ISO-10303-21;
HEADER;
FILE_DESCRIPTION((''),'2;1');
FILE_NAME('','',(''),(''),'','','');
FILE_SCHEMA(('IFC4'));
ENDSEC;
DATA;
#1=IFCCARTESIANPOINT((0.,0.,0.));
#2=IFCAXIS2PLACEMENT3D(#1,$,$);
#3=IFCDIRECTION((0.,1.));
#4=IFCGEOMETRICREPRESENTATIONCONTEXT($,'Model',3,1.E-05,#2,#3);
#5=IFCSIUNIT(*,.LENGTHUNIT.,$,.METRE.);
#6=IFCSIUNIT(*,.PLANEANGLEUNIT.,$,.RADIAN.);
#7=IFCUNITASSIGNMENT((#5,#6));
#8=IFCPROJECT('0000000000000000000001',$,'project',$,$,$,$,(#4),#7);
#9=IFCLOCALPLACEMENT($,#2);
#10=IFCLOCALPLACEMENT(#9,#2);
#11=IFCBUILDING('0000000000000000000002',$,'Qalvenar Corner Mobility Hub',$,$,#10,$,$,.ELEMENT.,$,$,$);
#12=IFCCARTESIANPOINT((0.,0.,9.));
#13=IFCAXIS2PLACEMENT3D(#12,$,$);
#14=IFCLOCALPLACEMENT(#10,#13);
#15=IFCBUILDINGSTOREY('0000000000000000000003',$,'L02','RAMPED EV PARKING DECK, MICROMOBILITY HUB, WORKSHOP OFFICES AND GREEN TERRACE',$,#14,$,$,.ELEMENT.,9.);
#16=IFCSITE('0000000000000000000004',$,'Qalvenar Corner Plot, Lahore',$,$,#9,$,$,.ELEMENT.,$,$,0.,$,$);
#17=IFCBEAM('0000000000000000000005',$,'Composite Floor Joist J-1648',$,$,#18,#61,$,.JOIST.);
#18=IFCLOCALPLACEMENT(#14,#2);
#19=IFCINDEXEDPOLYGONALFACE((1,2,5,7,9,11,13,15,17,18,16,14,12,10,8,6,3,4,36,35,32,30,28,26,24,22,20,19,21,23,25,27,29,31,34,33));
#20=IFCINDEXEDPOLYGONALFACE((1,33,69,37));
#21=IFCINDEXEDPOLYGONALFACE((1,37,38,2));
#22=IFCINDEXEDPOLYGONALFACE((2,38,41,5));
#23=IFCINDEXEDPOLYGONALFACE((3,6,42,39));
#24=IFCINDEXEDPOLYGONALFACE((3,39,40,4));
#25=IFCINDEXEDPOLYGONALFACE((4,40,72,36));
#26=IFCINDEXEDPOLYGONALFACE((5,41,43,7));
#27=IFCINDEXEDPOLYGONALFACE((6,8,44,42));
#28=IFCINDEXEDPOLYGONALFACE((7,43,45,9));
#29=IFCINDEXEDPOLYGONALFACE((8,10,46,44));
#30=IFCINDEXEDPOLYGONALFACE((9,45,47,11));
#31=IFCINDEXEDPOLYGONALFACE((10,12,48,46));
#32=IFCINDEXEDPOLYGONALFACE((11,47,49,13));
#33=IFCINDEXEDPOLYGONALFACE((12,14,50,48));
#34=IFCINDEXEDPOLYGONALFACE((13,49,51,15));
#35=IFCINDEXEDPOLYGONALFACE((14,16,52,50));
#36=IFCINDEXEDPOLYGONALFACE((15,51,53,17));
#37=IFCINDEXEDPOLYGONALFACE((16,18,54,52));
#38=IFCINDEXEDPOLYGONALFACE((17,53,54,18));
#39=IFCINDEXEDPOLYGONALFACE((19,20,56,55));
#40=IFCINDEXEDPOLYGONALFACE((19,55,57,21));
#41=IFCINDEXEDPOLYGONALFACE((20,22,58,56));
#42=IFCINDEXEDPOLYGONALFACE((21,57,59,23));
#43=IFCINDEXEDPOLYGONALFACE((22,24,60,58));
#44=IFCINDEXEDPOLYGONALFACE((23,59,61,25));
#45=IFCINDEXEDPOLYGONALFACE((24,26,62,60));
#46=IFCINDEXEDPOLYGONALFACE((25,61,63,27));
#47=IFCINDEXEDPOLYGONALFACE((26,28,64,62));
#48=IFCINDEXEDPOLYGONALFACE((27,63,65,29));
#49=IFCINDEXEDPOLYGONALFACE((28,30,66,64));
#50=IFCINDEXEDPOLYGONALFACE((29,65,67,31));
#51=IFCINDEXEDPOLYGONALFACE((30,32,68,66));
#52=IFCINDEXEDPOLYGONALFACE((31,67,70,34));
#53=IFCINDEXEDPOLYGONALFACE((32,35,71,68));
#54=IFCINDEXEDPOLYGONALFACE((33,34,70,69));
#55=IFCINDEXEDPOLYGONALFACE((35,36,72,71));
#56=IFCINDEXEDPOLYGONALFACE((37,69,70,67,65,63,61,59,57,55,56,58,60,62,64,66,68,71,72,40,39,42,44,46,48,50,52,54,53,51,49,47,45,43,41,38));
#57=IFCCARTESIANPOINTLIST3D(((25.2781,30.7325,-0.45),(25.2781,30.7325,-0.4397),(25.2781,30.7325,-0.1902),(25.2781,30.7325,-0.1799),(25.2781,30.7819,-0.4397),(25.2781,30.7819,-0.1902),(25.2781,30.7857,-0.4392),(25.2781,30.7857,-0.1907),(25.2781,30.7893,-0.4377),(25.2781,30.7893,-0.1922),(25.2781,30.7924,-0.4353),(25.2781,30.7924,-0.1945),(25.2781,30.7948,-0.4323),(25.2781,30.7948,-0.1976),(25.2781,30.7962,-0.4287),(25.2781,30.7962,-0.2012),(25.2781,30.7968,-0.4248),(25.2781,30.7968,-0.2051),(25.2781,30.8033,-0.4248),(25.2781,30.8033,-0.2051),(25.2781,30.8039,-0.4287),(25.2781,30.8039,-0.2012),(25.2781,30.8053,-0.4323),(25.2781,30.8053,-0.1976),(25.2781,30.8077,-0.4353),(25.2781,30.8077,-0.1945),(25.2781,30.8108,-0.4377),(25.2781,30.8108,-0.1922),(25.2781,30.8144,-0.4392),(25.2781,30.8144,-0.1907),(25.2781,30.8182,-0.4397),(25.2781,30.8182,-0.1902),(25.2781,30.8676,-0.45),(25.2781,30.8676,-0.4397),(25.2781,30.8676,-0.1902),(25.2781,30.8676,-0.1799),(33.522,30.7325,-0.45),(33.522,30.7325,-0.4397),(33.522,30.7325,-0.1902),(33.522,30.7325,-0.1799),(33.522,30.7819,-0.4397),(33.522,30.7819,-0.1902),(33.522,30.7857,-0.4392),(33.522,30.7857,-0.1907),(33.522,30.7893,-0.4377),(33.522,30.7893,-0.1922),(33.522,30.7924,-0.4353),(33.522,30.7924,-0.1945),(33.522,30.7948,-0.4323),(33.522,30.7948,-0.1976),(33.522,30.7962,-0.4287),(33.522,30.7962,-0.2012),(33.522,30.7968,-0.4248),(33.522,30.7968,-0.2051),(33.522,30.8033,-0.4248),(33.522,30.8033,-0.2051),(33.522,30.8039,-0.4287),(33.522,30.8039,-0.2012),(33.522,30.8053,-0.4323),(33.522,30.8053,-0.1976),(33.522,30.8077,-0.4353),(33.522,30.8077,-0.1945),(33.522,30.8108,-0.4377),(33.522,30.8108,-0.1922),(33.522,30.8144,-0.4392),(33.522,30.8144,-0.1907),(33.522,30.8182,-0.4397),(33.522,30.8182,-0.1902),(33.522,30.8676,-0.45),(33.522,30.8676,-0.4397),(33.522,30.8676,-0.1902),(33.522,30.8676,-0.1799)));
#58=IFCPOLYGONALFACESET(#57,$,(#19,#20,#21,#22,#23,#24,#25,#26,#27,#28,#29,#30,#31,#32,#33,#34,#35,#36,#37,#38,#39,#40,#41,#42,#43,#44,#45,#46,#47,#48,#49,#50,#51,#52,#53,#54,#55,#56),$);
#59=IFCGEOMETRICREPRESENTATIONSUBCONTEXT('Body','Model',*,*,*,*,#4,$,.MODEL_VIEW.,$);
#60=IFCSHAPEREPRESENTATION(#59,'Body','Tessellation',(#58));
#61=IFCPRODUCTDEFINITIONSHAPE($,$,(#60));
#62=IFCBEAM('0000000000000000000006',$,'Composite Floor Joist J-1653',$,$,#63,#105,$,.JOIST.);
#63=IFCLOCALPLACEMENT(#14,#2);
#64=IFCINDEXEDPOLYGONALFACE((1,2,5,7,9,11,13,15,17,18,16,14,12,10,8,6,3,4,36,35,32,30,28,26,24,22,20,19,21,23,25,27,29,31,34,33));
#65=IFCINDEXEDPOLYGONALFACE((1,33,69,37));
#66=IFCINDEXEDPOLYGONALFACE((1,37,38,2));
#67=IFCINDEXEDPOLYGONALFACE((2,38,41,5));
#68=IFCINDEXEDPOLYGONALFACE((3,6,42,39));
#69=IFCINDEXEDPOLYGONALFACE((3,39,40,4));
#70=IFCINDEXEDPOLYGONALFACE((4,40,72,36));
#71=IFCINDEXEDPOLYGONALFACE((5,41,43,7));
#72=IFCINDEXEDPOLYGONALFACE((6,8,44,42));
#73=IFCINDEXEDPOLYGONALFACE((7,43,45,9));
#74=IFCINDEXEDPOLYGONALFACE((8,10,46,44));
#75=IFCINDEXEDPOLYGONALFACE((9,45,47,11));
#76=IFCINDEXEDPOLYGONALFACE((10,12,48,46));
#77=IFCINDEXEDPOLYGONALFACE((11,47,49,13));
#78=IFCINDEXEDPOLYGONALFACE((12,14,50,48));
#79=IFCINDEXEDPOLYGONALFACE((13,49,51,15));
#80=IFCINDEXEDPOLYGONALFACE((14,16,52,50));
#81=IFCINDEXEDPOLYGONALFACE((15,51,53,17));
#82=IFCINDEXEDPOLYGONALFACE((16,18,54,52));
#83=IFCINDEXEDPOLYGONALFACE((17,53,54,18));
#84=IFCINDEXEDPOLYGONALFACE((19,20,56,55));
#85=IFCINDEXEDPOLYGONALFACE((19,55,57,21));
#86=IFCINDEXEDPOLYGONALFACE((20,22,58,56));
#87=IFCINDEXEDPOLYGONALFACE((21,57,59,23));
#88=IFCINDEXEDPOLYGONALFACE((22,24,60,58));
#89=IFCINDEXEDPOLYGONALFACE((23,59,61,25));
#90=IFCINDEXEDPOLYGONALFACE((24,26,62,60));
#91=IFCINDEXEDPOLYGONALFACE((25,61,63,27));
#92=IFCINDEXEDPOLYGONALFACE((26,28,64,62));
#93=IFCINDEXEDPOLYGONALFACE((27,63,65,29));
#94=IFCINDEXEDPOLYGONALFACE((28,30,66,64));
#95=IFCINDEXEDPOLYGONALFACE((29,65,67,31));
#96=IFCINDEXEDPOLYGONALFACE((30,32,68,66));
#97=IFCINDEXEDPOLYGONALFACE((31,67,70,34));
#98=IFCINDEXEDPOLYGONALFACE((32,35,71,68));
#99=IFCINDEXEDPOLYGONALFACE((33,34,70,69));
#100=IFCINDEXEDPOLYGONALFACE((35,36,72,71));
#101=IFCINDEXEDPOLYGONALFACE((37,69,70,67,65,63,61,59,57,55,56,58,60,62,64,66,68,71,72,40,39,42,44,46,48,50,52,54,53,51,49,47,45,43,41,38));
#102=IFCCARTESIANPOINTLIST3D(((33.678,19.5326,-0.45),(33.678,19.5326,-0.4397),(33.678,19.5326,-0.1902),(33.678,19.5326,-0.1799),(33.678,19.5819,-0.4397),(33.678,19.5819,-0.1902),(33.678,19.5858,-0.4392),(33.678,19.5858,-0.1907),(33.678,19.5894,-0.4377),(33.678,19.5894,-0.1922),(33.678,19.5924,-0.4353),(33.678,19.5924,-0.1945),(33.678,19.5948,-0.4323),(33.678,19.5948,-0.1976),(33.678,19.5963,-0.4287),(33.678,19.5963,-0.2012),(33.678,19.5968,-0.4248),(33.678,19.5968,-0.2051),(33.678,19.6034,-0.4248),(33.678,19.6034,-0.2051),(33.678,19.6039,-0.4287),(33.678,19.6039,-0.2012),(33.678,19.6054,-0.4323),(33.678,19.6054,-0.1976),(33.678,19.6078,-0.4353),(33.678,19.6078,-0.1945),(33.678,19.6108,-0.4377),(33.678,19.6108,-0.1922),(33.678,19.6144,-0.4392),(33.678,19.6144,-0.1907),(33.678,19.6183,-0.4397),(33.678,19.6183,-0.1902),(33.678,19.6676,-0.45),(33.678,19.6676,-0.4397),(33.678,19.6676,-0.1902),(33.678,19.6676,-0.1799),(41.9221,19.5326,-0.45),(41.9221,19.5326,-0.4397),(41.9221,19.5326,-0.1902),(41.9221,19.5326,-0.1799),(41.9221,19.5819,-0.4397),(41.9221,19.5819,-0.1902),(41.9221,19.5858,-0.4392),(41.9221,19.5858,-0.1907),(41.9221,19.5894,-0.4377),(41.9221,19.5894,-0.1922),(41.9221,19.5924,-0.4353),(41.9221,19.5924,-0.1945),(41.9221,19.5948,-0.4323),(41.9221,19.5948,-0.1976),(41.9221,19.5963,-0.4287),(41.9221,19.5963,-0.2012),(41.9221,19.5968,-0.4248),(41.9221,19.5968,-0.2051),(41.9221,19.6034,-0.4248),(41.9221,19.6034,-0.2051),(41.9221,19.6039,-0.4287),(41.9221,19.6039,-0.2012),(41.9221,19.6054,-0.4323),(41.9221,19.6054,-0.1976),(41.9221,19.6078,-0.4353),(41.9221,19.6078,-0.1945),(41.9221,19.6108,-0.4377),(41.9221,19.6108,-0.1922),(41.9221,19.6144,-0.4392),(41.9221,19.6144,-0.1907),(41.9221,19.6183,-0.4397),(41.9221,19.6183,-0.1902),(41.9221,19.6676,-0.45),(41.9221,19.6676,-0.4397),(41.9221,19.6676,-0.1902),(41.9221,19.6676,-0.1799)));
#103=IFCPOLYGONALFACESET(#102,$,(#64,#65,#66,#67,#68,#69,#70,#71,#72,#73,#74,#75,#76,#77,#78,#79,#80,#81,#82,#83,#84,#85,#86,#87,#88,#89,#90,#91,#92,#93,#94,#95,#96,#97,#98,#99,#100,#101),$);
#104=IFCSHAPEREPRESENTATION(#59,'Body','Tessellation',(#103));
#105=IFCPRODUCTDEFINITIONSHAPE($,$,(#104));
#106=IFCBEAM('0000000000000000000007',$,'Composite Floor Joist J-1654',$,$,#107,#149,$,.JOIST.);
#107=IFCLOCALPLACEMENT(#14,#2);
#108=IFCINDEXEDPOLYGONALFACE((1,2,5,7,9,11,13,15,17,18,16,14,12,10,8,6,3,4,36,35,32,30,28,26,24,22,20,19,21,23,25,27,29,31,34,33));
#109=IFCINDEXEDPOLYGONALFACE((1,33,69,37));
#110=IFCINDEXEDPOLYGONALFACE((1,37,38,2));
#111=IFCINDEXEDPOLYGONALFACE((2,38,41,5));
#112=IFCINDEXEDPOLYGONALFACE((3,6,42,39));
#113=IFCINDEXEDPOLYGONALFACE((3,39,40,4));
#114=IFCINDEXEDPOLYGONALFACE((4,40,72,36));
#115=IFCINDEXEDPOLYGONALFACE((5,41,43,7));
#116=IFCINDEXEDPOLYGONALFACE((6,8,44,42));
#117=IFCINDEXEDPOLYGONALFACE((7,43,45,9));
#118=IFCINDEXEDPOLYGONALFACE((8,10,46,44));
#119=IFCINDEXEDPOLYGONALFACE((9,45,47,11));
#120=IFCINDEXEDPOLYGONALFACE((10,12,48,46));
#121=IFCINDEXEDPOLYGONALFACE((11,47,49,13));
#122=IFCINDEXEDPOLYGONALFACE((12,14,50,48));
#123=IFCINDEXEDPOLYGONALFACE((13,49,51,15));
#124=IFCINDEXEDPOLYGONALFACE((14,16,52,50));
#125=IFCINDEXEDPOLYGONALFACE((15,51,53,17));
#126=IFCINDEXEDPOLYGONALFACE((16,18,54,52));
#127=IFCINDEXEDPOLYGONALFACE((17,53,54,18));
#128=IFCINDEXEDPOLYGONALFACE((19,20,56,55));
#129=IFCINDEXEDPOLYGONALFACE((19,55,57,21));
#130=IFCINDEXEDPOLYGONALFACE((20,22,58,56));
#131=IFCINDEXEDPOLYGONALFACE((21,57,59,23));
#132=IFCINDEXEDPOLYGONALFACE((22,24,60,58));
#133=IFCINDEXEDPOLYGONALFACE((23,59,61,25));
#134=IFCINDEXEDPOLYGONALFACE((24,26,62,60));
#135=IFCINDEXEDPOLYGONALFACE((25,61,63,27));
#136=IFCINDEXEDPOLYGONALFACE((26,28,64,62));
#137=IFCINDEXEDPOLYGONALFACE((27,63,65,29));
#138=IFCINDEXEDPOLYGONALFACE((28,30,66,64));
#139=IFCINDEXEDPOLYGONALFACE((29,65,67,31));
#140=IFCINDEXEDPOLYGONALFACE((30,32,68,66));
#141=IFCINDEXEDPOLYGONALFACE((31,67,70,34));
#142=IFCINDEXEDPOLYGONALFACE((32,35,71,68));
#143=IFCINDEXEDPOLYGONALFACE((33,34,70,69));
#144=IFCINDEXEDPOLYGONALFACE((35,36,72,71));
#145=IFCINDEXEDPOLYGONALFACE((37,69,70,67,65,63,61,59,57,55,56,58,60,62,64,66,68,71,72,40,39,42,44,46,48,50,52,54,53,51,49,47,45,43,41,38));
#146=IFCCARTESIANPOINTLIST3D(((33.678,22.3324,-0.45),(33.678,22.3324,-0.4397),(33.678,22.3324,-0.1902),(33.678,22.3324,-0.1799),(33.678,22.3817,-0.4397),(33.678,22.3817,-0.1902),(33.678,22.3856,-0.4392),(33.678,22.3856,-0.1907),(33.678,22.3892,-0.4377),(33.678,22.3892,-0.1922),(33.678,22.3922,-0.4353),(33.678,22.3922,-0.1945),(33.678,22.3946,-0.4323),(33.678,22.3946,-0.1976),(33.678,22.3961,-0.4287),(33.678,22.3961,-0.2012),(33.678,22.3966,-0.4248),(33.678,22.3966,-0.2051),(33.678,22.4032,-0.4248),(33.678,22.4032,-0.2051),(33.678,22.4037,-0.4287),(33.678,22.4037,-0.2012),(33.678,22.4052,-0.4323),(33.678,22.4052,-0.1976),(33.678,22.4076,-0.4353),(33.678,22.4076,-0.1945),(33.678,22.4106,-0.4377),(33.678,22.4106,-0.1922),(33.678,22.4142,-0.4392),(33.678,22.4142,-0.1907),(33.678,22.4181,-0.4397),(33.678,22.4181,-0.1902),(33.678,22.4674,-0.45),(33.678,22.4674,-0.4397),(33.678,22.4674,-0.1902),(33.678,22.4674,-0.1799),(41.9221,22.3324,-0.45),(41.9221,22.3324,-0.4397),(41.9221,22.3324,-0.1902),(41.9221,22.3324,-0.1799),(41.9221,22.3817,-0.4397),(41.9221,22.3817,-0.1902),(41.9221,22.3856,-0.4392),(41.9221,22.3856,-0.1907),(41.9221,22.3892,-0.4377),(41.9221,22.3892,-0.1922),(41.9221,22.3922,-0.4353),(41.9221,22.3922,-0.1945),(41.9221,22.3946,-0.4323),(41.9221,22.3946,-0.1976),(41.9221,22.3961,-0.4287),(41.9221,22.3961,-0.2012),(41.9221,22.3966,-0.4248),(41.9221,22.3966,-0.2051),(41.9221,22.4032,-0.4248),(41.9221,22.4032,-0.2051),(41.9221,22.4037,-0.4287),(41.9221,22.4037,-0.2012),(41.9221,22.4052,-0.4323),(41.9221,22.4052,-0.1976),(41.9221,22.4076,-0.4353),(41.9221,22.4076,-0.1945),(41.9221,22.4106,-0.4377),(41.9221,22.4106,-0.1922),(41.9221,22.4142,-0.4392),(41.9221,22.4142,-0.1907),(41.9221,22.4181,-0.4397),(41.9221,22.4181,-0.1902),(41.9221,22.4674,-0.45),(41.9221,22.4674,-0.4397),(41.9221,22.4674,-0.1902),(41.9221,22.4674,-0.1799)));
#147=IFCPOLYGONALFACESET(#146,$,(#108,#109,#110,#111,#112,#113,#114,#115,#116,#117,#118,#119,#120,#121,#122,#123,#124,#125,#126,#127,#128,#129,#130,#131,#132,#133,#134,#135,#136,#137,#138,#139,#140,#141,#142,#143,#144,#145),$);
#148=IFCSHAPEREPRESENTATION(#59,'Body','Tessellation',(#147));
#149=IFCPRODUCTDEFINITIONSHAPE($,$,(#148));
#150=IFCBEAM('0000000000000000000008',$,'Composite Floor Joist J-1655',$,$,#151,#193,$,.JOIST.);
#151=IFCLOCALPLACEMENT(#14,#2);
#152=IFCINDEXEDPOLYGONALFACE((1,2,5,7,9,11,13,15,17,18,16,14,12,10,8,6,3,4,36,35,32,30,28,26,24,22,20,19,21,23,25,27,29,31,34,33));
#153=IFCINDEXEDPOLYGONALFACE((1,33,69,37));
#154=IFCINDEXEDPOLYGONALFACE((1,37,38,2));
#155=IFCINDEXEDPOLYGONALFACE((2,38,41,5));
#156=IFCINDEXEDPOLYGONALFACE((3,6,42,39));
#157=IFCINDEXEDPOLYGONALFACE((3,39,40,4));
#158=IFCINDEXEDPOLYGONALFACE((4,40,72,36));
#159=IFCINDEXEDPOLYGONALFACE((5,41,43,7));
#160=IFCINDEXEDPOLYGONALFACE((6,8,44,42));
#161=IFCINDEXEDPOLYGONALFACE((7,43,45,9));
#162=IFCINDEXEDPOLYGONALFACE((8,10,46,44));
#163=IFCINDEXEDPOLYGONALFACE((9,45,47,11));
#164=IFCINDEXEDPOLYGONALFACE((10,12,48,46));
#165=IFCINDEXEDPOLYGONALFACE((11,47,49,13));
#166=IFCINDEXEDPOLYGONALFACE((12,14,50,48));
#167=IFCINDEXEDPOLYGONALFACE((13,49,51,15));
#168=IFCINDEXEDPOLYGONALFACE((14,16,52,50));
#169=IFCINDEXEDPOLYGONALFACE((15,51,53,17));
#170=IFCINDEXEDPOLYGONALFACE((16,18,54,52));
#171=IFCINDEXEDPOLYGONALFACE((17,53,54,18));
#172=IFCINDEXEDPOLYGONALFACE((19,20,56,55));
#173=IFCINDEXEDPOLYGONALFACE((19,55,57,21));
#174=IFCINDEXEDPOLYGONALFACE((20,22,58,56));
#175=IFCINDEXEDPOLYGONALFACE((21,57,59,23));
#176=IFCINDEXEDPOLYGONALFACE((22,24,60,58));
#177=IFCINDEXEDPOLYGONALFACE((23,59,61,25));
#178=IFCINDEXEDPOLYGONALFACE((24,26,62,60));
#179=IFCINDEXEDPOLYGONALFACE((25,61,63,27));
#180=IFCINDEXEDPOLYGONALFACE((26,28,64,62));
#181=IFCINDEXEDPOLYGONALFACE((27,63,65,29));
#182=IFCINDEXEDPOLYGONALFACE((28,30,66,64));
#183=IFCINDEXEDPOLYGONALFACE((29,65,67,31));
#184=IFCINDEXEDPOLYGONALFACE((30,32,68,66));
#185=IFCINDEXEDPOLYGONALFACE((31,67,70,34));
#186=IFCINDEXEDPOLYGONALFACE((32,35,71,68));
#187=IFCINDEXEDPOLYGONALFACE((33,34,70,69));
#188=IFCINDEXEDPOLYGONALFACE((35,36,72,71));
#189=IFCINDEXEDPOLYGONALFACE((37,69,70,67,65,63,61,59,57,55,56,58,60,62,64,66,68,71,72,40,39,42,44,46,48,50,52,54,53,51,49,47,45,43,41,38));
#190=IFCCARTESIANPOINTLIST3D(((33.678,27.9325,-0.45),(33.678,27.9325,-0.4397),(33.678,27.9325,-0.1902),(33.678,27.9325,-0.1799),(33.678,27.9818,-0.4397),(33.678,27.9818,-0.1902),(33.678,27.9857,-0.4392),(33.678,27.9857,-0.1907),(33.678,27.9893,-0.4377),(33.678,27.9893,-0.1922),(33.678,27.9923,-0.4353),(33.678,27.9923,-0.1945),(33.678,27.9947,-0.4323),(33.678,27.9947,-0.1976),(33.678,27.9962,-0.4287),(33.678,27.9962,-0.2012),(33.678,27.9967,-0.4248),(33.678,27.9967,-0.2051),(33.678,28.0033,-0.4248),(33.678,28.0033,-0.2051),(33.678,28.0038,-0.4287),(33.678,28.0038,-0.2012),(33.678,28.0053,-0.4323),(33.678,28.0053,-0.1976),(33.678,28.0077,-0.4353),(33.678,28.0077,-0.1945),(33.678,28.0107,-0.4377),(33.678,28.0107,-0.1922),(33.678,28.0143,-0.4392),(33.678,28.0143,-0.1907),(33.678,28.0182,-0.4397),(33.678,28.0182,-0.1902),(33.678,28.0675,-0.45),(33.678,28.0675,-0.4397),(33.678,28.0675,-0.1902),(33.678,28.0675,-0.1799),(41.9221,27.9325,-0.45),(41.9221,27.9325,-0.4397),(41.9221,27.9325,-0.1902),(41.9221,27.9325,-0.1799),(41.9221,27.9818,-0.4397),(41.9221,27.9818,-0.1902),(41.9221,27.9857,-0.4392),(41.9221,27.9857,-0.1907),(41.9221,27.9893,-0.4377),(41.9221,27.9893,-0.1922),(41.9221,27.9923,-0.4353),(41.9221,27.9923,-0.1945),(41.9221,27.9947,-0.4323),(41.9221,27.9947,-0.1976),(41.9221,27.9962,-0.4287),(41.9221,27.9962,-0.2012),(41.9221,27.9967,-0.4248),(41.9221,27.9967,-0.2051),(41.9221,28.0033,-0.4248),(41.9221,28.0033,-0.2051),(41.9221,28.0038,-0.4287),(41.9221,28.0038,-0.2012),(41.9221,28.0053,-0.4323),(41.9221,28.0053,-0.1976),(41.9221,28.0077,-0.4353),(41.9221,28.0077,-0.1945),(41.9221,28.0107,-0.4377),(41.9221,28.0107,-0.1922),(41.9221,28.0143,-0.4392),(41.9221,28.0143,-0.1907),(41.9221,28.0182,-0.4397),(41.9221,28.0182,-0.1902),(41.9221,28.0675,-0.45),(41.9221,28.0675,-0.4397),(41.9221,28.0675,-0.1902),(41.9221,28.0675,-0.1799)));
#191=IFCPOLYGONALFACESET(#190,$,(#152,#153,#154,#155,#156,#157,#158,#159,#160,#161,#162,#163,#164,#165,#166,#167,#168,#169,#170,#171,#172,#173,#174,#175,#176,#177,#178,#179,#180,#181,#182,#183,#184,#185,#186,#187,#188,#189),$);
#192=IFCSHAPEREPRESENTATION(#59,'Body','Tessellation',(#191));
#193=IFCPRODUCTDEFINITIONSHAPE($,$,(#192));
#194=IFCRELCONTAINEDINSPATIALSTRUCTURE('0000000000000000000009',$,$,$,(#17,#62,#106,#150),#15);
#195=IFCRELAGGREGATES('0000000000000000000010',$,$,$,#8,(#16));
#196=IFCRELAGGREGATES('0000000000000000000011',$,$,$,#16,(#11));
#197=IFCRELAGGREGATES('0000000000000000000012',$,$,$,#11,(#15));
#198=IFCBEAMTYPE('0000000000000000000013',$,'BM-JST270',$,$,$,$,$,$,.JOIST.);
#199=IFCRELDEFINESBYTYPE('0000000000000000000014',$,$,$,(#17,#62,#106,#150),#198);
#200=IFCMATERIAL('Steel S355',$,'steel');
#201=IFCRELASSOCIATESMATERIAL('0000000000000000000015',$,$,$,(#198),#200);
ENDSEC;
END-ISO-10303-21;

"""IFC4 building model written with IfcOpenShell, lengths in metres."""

from ifc_helpers import new_model, si_unit, direction, frame, origin, origin_2d, place, context, subcontext, project, spatial, i_section, extrude, material, material_profile, profile_set, type_object, element, save


model = new_model("IFC4")

# Units and contexts
model_context = context("Model", 3, precision=1e-05, world=origin(), true_north=direction((0.0, 1.0)))
body_context = subcontext(model_context, "Body", "Model", "MODEL_VIEW")
ifc_project = project(units=[si_unit("LENGTHUNIT", "METRE"), si_unit("PLANEANGLEUNIT", "RADIAN")], contexts=[model_context])

# Site, building, storey
site_placement = place(None, origin())
site = spatial("IfcSite", under=ifc_project, at=site_placement, Name="Qalvenar Corner Plot, Lahore", CompositionType="ELEMENT", RefElevation=0.0)
building_placement = place(site_placement, origin())
building = spatial("IfcBuilding", under=site, at=building_placement, Name="Qalvenar Corner Mobility Hub", CompositionType="ELEMENT")
storey_placement = place(building_placement, frame((0.0, 0.0, 9.0)))
storey = spatial("IfcBuildingStorey", under=building, at=storey_placement, Name="L02", Description="RAMPED EV PARKING DECK, MICROMOBILITY HUB, WORKSHOP OFFICES AND GREEN TERRACE", CompositionType="ELEMENT", Elevation=9.0)

# Shared definitions
ifc_material_1 = material(Name="Steel S355", Category="steel")

# Beams
ifc_material_profile_1 = material_profile(ifc_material_1, i_section(OverallWidth=0.135, OverallDepth=0.27, WebThickness=0.0066, FlangeThickness=0.0103, FilletRadius=0.0149, at=origin_2d()), Name="IPE270")
ifc_profile_set_1 = profile_set([ifc_material_profile_1], Name="Steel S355")
beam_type_1 = type_object("IfcBeamType", Name="BM-JST270", PredefinedType="JOIST", material=ifc_profile_set_1)
for number, where, z_axis, x_axis, name in (
    (1, (25.2781, 30.8, -0.3149), (1.0, 0.0, 0.0), (0.0, 1.0, 0.0), "Composite Floor Joist J-1648"),
):
    element("IfcBeam", number, at=place(storey_placement, frame(where, z_axis=z_axis, x_axis=x_axis)), inside=storey, type_object=beam_type_1, Name=name, PredefinedType="JOIST", context=body_context, shape_type="SweptSolid", body=[
        extrude(i_section(OverallWidth=0.135, OverallDepth=0.27, WebThickness=0.0066, FlangeThickness=0.0103, FilletRadius=0.0149, at=origin_2d()), origin(), (0.0, 0.0, 1.0), 8.2439),
    ])
for number, where, z_axis, x_axis, name in (
    (2, (33.678, 19.6001, -0.3149), (1.0, 0.0, 0.0), (0.0, 1.0, 0.0), "Composite Floor Joist J-1653"),
    (3, (33.678, 22.3999, -0.3149), (1.0, 0.0, 0.0), (0.0, 1.0, 0.0), "Composite Floor Joist J-1654"),
    (4, (33.678, 28.0, -0.3149), (1.0, 0.0, 0.0), (0.0, 1.0, 0.0), "Composite Floor Joist J-1655"),
):
    element("IfcBeam", number, at=place(storey_placement, frame(where, z_axis=z_axis, x_axis=x_axis)), inside=storey, type_object=beam_type_1, Name=name, PredefinedType="JOIST", context=body_context, shape_type="SweptSolid", body=[
        extrude(i_section(OverallWidth=0.135, OverallDepth=0.27, WebThickness=0.0066, FlangeThickness=0.0103, FilletRadius=0.0149, at=origin_2d()), origin(), (0.0, 0.0, 1.0), 8.2441),
    ])

save(model, "model.ifc")
